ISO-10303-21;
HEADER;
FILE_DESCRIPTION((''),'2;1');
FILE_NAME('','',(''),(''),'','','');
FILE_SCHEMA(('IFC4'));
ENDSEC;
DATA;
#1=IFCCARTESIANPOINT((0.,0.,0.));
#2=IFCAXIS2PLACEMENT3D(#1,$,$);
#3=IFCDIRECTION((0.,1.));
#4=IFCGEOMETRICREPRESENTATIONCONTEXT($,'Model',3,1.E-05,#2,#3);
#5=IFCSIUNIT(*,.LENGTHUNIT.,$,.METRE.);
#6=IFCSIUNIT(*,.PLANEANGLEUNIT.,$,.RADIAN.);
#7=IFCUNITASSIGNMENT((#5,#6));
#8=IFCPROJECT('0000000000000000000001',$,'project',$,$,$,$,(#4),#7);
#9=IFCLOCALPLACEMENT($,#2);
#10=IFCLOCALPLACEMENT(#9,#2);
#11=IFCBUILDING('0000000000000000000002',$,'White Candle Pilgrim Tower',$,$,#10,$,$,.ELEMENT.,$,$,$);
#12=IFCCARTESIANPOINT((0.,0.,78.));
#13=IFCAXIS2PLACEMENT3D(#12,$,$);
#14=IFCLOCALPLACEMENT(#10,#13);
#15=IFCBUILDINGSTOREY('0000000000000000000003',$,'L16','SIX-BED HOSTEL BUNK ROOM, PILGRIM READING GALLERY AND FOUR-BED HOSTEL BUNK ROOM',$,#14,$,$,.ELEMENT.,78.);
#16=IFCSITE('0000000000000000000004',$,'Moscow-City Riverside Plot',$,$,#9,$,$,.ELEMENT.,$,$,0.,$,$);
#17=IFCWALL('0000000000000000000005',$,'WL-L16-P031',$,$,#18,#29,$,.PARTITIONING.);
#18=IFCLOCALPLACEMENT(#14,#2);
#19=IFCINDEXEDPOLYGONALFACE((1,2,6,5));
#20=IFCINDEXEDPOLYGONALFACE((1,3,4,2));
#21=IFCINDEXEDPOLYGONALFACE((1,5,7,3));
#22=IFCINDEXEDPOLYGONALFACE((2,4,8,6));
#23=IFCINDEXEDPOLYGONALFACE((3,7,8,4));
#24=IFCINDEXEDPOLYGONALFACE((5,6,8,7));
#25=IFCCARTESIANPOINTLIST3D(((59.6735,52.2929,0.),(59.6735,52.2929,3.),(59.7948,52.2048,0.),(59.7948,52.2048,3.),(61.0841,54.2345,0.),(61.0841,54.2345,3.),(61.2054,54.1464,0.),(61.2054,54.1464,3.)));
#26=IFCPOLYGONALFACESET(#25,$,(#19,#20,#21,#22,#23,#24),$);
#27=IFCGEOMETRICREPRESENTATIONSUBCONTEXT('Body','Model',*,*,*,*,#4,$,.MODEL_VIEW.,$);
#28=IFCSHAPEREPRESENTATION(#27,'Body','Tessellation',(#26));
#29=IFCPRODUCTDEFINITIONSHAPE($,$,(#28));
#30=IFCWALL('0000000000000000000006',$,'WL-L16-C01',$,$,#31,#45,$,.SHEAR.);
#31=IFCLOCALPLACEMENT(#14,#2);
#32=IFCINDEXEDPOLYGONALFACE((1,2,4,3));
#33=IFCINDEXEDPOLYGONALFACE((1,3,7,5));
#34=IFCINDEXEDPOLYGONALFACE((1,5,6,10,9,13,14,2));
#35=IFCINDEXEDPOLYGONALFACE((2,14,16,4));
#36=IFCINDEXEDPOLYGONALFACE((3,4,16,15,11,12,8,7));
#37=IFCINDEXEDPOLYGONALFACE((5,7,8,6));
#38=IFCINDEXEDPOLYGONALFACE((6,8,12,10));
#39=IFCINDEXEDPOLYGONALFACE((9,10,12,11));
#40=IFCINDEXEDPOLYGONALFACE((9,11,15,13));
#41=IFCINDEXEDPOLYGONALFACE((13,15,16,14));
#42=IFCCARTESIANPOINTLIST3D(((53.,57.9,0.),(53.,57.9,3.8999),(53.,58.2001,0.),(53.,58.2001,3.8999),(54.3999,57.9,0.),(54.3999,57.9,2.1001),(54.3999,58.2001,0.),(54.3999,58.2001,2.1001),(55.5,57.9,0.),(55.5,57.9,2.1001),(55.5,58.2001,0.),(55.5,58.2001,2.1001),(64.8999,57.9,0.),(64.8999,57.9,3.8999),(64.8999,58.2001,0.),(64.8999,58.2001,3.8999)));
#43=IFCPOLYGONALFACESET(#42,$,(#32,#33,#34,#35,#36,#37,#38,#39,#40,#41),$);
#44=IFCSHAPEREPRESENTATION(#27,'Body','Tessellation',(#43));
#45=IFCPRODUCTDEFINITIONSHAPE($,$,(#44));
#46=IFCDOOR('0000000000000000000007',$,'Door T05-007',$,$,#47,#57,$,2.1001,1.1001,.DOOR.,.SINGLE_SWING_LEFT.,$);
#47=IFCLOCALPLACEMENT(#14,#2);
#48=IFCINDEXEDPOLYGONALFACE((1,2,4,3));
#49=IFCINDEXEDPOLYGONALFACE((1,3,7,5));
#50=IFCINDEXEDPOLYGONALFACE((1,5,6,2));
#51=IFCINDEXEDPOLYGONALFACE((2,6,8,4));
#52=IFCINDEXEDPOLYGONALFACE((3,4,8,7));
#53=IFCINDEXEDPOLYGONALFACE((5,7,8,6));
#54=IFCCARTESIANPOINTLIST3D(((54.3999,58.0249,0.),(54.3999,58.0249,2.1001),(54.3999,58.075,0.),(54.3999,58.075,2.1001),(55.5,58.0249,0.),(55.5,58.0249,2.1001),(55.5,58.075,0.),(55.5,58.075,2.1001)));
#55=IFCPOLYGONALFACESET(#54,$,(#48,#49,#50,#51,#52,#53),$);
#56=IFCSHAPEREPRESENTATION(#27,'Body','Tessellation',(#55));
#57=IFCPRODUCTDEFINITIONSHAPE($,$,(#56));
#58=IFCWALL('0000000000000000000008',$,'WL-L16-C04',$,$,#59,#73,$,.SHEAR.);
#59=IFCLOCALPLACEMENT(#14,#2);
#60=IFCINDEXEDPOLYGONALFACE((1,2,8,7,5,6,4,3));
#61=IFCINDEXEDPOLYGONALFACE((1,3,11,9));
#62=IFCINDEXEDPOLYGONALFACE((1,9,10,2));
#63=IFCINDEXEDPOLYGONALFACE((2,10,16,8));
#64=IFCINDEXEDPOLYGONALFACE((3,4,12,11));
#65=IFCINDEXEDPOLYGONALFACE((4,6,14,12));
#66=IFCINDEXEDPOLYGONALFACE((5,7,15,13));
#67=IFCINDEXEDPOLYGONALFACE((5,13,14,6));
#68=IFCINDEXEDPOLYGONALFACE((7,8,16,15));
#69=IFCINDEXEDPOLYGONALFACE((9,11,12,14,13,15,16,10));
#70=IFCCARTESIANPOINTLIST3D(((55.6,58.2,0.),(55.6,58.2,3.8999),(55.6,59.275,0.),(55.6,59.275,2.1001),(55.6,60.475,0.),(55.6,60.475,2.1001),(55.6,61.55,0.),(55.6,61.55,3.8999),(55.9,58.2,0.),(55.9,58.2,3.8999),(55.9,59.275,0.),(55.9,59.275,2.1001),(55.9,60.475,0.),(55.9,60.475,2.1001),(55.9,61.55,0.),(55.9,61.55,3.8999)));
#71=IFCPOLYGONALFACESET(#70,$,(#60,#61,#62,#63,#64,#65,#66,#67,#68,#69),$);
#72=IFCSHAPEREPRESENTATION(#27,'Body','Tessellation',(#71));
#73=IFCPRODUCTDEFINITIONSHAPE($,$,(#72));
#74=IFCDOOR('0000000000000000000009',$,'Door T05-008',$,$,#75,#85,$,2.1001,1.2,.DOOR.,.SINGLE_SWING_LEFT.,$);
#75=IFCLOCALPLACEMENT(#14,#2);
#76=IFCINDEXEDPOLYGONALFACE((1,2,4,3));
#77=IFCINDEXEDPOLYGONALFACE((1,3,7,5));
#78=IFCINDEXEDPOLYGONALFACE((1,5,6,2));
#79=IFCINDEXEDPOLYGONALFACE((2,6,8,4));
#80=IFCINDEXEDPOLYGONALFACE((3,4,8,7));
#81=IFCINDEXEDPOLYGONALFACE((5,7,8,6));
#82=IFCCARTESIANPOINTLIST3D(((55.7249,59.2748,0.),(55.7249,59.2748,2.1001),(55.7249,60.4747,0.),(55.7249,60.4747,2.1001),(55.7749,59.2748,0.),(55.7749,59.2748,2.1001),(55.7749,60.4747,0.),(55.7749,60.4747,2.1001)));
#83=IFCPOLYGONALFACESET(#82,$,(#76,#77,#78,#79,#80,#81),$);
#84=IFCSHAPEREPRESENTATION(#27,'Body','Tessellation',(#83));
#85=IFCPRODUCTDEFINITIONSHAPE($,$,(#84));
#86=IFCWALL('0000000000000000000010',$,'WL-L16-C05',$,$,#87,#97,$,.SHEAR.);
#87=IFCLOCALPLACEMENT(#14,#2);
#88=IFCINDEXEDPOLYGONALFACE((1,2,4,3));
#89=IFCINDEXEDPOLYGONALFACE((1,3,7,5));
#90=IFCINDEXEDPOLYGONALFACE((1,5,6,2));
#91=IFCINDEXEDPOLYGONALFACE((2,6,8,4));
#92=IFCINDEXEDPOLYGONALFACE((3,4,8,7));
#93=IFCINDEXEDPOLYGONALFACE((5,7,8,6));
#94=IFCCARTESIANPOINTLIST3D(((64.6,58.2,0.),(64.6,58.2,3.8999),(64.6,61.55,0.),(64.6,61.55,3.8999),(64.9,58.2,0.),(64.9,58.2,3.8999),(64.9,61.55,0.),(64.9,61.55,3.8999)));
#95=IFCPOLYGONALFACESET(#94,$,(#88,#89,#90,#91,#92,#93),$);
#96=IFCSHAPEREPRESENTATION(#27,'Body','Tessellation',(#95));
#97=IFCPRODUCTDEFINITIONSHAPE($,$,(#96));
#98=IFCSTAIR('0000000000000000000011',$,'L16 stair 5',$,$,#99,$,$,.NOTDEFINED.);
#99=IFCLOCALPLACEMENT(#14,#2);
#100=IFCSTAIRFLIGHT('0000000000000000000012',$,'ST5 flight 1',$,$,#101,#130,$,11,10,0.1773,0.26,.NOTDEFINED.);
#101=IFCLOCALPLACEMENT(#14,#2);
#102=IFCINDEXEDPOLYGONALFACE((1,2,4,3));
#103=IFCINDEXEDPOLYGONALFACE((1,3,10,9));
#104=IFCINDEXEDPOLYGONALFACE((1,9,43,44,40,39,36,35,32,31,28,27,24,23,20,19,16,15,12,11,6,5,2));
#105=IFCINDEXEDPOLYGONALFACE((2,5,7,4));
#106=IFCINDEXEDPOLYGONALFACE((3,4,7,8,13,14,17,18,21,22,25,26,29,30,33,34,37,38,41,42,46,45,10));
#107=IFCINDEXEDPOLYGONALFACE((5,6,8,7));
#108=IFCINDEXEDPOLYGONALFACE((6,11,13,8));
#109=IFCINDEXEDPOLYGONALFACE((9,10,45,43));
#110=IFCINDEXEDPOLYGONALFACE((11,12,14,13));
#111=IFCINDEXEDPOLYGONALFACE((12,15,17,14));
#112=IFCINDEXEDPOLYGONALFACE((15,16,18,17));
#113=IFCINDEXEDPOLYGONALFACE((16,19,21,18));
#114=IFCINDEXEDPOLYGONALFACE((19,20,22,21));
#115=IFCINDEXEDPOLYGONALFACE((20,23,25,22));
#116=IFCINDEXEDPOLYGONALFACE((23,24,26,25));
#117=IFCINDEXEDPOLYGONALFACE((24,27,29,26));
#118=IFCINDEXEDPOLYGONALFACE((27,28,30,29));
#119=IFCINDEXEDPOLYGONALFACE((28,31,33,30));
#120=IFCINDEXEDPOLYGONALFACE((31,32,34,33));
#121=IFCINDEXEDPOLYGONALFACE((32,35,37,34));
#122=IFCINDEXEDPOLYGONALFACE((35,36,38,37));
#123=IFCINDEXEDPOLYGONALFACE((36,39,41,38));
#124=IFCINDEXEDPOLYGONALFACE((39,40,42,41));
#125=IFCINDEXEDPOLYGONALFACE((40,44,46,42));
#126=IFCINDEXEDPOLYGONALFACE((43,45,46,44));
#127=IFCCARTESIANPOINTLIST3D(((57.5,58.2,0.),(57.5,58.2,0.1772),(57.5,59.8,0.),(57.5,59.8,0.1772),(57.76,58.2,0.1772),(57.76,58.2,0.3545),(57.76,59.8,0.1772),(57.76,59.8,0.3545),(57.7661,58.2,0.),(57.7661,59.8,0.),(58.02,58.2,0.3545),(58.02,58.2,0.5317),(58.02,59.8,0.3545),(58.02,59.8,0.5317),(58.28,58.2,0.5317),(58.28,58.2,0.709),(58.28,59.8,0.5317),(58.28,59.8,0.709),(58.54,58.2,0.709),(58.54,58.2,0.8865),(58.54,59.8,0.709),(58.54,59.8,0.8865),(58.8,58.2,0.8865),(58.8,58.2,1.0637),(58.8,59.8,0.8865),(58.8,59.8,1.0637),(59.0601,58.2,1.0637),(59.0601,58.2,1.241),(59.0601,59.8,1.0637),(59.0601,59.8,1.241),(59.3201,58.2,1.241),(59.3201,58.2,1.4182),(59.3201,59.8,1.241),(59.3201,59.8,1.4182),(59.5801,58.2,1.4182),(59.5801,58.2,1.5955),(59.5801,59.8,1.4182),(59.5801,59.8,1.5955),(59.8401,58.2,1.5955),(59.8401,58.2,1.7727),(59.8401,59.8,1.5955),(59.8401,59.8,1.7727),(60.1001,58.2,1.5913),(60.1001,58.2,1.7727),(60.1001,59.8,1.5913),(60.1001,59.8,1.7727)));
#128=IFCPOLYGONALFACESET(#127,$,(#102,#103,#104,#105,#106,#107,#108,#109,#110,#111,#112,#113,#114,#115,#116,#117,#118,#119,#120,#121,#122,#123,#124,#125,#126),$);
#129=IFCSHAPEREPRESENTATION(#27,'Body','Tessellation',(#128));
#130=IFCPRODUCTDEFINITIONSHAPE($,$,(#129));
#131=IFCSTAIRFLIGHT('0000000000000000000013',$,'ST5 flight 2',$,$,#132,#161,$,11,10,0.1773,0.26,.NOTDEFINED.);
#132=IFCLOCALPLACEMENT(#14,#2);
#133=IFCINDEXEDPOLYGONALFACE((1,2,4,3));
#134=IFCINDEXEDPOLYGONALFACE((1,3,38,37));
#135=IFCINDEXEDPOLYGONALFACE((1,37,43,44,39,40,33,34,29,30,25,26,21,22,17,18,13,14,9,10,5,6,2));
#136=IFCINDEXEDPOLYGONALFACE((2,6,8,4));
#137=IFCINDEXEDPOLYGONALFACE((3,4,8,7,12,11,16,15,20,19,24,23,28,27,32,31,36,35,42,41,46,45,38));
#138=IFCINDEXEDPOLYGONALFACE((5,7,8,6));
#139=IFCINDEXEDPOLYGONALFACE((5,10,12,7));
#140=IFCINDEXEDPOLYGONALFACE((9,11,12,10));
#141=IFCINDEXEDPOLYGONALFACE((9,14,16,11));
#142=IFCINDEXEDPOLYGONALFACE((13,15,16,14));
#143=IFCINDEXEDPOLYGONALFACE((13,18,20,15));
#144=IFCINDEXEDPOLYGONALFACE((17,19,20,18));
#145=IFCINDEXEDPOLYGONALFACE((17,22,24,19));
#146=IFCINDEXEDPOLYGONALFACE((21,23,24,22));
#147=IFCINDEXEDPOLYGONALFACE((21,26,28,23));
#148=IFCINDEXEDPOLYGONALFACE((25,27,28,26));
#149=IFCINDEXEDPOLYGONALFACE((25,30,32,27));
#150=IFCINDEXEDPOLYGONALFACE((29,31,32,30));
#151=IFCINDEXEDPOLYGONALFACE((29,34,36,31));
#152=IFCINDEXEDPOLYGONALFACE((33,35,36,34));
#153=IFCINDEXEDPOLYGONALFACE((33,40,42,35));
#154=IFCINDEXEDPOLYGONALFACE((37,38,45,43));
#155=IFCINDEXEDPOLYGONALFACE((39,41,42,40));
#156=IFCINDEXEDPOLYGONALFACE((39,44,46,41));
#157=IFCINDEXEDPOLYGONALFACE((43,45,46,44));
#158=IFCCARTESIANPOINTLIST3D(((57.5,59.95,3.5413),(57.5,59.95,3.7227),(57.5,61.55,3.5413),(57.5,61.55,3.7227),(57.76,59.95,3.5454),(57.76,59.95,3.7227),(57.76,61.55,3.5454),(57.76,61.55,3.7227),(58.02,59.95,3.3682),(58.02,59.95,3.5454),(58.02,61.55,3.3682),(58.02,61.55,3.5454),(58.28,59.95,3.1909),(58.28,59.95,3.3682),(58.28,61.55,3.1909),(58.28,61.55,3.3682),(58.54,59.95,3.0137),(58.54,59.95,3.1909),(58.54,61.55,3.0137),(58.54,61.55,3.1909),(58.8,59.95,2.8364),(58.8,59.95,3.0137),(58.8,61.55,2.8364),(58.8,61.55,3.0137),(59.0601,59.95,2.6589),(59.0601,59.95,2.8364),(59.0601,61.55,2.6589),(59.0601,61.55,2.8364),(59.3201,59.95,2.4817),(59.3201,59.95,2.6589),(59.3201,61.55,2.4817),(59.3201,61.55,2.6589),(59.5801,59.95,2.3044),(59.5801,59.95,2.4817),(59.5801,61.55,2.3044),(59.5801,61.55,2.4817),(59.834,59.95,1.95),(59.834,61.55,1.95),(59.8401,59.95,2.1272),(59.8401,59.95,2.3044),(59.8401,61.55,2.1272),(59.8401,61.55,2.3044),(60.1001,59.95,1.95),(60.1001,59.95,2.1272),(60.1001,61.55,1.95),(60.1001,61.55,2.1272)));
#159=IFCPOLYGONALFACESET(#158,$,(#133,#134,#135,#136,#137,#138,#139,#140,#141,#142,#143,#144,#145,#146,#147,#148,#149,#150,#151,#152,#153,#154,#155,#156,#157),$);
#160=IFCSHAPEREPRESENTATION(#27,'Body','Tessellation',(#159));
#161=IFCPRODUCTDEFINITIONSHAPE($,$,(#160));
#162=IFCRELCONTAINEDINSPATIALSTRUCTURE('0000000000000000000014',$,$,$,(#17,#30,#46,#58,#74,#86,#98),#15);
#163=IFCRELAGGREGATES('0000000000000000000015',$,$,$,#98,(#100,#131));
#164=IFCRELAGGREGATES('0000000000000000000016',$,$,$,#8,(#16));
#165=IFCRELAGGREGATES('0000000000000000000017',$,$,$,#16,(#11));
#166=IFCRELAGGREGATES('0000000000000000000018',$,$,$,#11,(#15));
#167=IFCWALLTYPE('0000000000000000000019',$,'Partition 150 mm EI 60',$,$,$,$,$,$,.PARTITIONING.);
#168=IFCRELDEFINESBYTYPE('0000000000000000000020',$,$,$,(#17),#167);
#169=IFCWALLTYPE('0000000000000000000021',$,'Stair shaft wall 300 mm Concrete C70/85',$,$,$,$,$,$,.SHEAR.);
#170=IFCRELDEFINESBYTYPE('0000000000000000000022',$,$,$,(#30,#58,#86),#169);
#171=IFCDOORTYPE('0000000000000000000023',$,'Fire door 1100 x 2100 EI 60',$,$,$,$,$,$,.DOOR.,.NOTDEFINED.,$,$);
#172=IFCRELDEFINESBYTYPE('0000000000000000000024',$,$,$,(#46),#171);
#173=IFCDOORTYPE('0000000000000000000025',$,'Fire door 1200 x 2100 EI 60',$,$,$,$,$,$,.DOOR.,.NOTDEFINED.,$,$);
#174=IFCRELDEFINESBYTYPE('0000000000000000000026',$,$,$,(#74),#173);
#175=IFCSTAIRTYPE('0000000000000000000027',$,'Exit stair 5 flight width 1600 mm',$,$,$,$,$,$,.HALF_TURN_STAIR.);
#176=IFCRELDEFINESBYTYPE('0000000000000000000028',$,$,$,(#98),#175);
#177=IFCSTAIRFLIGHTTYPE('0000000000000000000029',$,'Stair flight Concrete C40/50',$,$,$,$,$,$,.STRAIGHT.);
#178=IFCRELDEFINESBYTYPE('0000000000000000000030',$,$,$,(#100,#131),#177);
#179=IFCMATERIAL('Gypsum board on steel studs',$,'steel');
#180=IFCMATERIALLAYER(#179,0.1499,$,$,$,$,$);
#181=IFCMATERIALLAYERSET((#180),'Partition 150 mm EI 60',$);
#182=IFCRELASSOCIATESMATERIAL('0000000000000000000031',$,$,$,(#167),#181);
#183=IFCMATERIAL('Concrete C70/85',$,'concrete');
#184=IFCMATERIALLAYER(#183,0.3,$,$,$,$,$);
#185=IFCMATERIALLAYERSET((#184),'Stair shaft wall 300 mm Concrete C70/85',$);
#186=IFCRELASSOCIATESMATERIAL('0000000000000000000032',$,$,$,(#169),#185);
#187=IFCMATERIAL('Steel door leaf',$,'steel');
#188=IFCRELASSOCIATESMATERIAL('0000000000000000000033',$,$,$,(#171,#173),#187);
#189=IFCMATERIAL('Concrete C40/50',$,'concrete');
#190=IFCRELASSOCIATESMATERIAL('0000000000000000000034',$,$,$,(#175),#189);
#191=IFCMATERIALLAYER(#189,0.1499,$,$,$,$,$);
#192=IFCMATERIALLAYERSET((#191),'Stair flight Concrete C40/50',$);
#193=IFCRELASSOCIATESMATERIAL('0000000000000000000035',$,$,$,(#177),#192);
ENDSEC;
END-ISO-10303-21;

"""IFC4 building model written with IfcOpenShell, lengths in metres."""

from ifc_helpers import new_model, si_unit, direction, frame, frame_2d, origin, place, context, subcontext, project, spatial, polyline, rectangle, outline, extrude, material, layer, layer_set, type_object, element, fill, aggregate, save


model = new_model("IFC4")

# Units and contexts
model_context = context("Model", 3, precision=1e-05, world=origin(), true_north=direction((0.0, 1.0)))
body_context = subcontext(model_context, "Body", "Model", "MODEL_VIEW")
ifc_project = project(units=[si_unit("LENGTHUNIT", "METRE"), si_unit("PLANEANGLEUNIT", "RADIAN")], contexts=[model_context])

# Site, building, storey
site_placement = place(None, origin())
site = spatial("IfcSite", under=ifc_project, at=site_placement, Name="Moscow-City Riverside Plot", CompositionType="ELEMENT", RefElevation=0.0)
building_placement = place(site_placement, origin())
building = spatial("IfcBuilding", under=site, at=building_placement, Name="White Candle Pilgrim Tower", CompositionType="ELEMENT")
storey_placement = place(building_placement, frame((0.0, 0.0, 78.0)))
storey = spatial("IfcBuildingStorey", under=building, at=storey_placement, Name="L16", Description="SIX-BED HOSTEL BUNK ROOM, PILGRIM READING GALLERY AND FOUR-BED HOSTEL BUNK ROOM", CompositionType="ELEMENT", Elevation=78.0)

# Shared definitions
ifc_material_1 = material(Name="Concrete C70/85", Category="concrete")

# Shared definitions
ifc_material_2 = material(Name="Gypsum board on steel studs", Category="steel")
ifc_material_3 = material(Name="Steel door leaf", Category="steel")

# Wall
ifc_layer_1 = layer(ifc_material_2, 0.1499)
ifc_layer_set_1 = layer_set([ifc_layer_1], Name="Partition 150 mm EI 60")
wall_type_1 = type_object("IfcWallType", Name="Partition 150 mm EI 60", PredefinedType="PARTITIONING", material=ifc_layer_set_1)
wall_1_placement = place(storey_placement, frame((61.1448, 54.1904, 0.0), z_axis=(0.0, 0.0, 1.0), x_axis=(-0.587772, -0.809026, 0.0)))
element("IfcWall", 1, at=wall_1_placement, inside=storey, type_object=wall_type_1, Name="WL-L16-P031", PredefinedType="PARTITIONING", context=body_context, shape_type="SweptSolid", body=[
    extrude(rectangle(XDim=2.3999, YDim=0.1499, at=frame_2d((1.2, 0.0))), origin(), (0.0, 0.0, 1.0), 3.0),
])

# Walls, openings, doors
ifc_layer_2 = layer(ifc_material_1, 0.3)
ifc_layer_set_2 = layer_set([ifc_layer_2], Name="Stair shaft wall 300 mm Concrete C70/85")
wall_type_2 = type_object("IfcWallType", Name="Stair shaft wall 300 mm Concrete C70/85", PredefinedType="SHEAR", material=ifc_layer_set_2)
wall_2_placement = place(storey_placement, frame((53.0, 58.05, 0.0), z_axis=(0.0, 0.0, 1.0), x_axis=(1.0, 0.0, 0.0)))
wall_2 = element("IfcWall", 2, at=wall_2_placement, inside=storey, type_object=wall_type_2, Name="WL-L16-C01", PredefinedType="SHEAR", context=body_context, shape_type="SweptSolid", body=[
    extrude(rectangle(XDim=11.8999, YDim=0.3, at=frame_2d((5.95, 0.0))), origin(), (0.0, 0.0, 1.0), 3.8999),
])
opening_1_placement = place(wall_2_placement, frame((1.3999, 0.0, 0.0)))
opening_1 = element("IfcOpeningElement", 3, at=opening_1_placement, cuts=wall_2, PredefinedType="OPENING", context=body_context, shape_type="SweptSolid", body=[
    extrude(rectangle(XDim=1.1001, YDim=2.1001, at=frame_2d((0.55, 1.05))), frame((0.0, 0.1599, 0.0), z_axis=(0.0, -1.0, 0.0), x_axis=(1.0, 0.0, 0.0)), (0.0, 0.0, 1.0), 0.3201),
])
door_type_1 = type_object("IfcDoorType", Name="Fire door 1100 x 2100 EI 60", OperationType="NOTDEFINED", PredefinedType="DOOR", material=ifc_material_3)
door_1_placement = place(opening_1_placement, origin())
door_1 = element("IfcDoor", 4, at=door_1_placement, inside=storey, type_object=door_type_1, Name="Door T05-007", OperationType="SINGLE_SWING_LEFT", OverallHeight=2.1001, OverallWidth=1.1001, PredefinedType="DOOR", context=body_context, shape_type="SweptSolid", body=[
    extrude(rectangle(XDim=1.1001, YDim=2.1001, at=frame_2d((0.55, 1.05))), frame((0.0, 0.0249, 0.0), z_axis=(0.0, -1.0, 0.0), x_axis=(1.0, 0.0, 0.0)), (0.0, 0.0, 1.0), 0.05),
])
fill(opening_1, door_1)
wall_3_placement = place(storey_placement, frame((55.75, 58.2, 0.0), z_axis=(0.0, 0.0, 1.0), x_axis=(0.0, 1.0, 0.0)))
wall_3 = element("IfcWall", 5, at=wall_3_placement, inside=storey, type_object=wall_type_2, Name="WL-L16-C04", PredefinedType="SHEAR", context=body_context, shape_type="SweptSolid", body=[
    extrude(rectangle(XDim=3.3501, YDim=0.3, at=frame_2d((1.675, 0.0))), origin(), (0.0, 0.0, 1.0), 3.8999),
])
opening_2_placement = place(wall_3_placement, frame((1.075, 0.0, 0.0)))
opening_2 = element("IfcOpeningElement", 6, at=opening_2_placement, cuts=wall_3, PredefinedType="OPENING", context=body_context, shape_type="SweptSolid", body=[
    extrude(rectangle(XDim=1.2, YDim=2.1001, at=frame_2d((0.6001, 1.05))), frame((0.0, 0.1599, 0.0), z_axis=(0.0, -1.0, 0.0), x_axis=(1.0, 0.0, 0.0)), (0.0, 0.0, 1.0), 0.3201),
])
door_type_2 = type_object("IfcDoorType", Name="Fire door 1200 x 2100 EI 60", OperationType="NOTDEFINED", PredefinedType="DOOR", material=ifc_material_3)
door_2_placement = place(opening_2_placement, frame((1.2, 0.0, 0.0), z_axis=(0.0, 0.0, 1.0), x_axis=(-1.0, 0.0, 0.0)))
door_2 = element("IfcDoor", 7, at=door_2_placement, inside=storey, type_object=door_type_2, Name="Door T05-008", OperationType="SINGLE_SWING_LEFT", OverallHeight=2.1001, OverallWidth=1.2, PredefinedType="DOOR", context=body_context, shape_type="SweptSolid", body=[
    extrude(rectangle(XDim=1.2, YDim=2.1001, at=frame_2d((0.6001, 1.05))), frame((0.0, 0.0249, 0.0), z_axis=(0.0, -1.0, 0.0), x_axis=(1.0, 0.0, 0.0)), (0.0, 0.0, 1.0), 0.05),
])
fill(opening_2, door_2)

# Wall
wall_4_placement = place(storey_placement, frame((64.75, 58.2, 0.0), z_axis=(0.0, 0.0, 1.0), x_axis=(0.0, 1.0, 0.0)))
element("IfcWall", 8, at=wall_4_placement, inside=storey, type_object=wall_type_2, Name="WL-L16-C05", PredefinedType="SHEAR", context=body_context, shape_type="SweptSolid", body=[
    extrude(rectangle(XDim=3.3501, YDim=0.3, at=frame_2d((1.675, 0.0))), origin(), (0.0, 0.0, 1.0), 3.8999),
])

# Stair, stair flights
ifc_material_4 = material(Name="Concrete C40/50", Category="concrete")
stair_type = type_object("IfcStairType", Name="Exit stair 5 flight width 1600 mm", PredefinedType="HALF_TURN_STAIR", material=ifc_material_4)
stair_placement = place(storey_placement, origin())
stair = element("IfcStair", 9, at=stair_placement, inside=storey, type_object=stair_type, Name="L16 stair 5", PredefinedType="NOTDEFINED")
ifc_layer_3 = layer(ifc_material_4, 0.1499)
ifc_layer_set_3 = layer_set([ifc_layer_3], Name="Stair flight Concrete C40/50")
stair_flight_type = type_object("IfcStairFlightType", Name="Stair flight Concrete C40/50", PredefinedType="STRAIGHT", material=ifc_layer_set_3)
stair_flight_1_placement = place(storey_placement, frame((57.5, 59.0, 0.0), z_axis=(0.0, 0.0, 1.0), x_axis=(1.0, 0.0, 0.0)))
stair_flight_1 = element("IfcStairFlight", 10, at=stair_flight_1_placement, type_object=stair_flight_type, Name="ST5 flight 1", NumberOfRisers=11, NumberOfTreads=10, PredefinedType="NOTDEFINED", RiserHeight=0.1773, TreadLength=0.26, context=body_context, shape_type="SweptSolid", body=[
    extrude(outline(polyline([(0.0, 0.0), (0.0, 0.1772), (0.26, 0.1772), (0.26, 0.3545), (0.52, 0.3545), (0.52, 0.5317), (0.78, 0.5317), (0.78, 0.709), (1.04, 0.709), (1.04, 0.8865), (1.3, 0.8865), (1.3, 1.0637), (1.5601, 1.0637), (1.5601, 1.241), (1.8201, 1.241), (1.8201, 1.4182), (2.0801, 1.4182), (2.0801, 1.5955), (2.3401, 1.5955), (2.3401, 1.7727), (2.6001, 1.7727), (2.6001, 1.95), (2.6001, 1.5913), (0.2661, 0.0), (0.0, 0.0)])), frame((0.0, 0.8, 0.0), z_axis=(0.0, -1.0, 0.0), x_axis=(1.0, 0.0, 0.0)), (0.0, 0.0, 1.0), 1.6001),
])
stair_flight_2_placement = place(storey_placement, frame((60.1001, 60.75, 1.95), z_axis=(0.0, 0.0, 1.0), x_axis=(-1.0, 0.0, 0.0)))
stair_flight_2 = element("IfcStairFlight", 11, at=stair_flight_2_placement, type_object=stair_flight_type, Name="ST5 flight 2", NumberOfRisers=11, NumberOfTreads=10, PredefinedType="NOTDEFINED", RiserHeight=0.1773, TreadLength=0.26, context=body_context, shape_type="SweptSolid", body=[
    extrude(outline(polyline([(0.0, 0.0), (0.0, 0.1772), (0.26, 0.1772), (0.26, 0.3545), (0.52, 0.3545), (0.52, 0.5317), (0.78, 0.5317), (0.78, 0.709), (1.04, 0.709), (1.04, 0.8865), (1.3, 0.8865), (1.3, 1.0637), (1.5601, 1.0637), (1.5601, 1.241), (1.8201, 1.241), (1.8201, 1.4182), (2.0801, 1.4182), (2.0801, 1.5955), (2.3401, 1.5955), (2.3401, 1.7727), (2.6001, 1.7727), (2.6001, 1.95), (2.6001, 1.5913), (0.2661, 0.0), (0.0, 0.0)])), frame((0.0, 0.8, 0.0), z_axis=(0.0, -1.0, 0.0), x_axis=(1.0, 0.0, 0.0)), (0.0, 0.0, 1.0), 1.6001),
])
aggregate(stair, [stair_flight_1, stair_flight_2])

save(model, "model.ifc")
